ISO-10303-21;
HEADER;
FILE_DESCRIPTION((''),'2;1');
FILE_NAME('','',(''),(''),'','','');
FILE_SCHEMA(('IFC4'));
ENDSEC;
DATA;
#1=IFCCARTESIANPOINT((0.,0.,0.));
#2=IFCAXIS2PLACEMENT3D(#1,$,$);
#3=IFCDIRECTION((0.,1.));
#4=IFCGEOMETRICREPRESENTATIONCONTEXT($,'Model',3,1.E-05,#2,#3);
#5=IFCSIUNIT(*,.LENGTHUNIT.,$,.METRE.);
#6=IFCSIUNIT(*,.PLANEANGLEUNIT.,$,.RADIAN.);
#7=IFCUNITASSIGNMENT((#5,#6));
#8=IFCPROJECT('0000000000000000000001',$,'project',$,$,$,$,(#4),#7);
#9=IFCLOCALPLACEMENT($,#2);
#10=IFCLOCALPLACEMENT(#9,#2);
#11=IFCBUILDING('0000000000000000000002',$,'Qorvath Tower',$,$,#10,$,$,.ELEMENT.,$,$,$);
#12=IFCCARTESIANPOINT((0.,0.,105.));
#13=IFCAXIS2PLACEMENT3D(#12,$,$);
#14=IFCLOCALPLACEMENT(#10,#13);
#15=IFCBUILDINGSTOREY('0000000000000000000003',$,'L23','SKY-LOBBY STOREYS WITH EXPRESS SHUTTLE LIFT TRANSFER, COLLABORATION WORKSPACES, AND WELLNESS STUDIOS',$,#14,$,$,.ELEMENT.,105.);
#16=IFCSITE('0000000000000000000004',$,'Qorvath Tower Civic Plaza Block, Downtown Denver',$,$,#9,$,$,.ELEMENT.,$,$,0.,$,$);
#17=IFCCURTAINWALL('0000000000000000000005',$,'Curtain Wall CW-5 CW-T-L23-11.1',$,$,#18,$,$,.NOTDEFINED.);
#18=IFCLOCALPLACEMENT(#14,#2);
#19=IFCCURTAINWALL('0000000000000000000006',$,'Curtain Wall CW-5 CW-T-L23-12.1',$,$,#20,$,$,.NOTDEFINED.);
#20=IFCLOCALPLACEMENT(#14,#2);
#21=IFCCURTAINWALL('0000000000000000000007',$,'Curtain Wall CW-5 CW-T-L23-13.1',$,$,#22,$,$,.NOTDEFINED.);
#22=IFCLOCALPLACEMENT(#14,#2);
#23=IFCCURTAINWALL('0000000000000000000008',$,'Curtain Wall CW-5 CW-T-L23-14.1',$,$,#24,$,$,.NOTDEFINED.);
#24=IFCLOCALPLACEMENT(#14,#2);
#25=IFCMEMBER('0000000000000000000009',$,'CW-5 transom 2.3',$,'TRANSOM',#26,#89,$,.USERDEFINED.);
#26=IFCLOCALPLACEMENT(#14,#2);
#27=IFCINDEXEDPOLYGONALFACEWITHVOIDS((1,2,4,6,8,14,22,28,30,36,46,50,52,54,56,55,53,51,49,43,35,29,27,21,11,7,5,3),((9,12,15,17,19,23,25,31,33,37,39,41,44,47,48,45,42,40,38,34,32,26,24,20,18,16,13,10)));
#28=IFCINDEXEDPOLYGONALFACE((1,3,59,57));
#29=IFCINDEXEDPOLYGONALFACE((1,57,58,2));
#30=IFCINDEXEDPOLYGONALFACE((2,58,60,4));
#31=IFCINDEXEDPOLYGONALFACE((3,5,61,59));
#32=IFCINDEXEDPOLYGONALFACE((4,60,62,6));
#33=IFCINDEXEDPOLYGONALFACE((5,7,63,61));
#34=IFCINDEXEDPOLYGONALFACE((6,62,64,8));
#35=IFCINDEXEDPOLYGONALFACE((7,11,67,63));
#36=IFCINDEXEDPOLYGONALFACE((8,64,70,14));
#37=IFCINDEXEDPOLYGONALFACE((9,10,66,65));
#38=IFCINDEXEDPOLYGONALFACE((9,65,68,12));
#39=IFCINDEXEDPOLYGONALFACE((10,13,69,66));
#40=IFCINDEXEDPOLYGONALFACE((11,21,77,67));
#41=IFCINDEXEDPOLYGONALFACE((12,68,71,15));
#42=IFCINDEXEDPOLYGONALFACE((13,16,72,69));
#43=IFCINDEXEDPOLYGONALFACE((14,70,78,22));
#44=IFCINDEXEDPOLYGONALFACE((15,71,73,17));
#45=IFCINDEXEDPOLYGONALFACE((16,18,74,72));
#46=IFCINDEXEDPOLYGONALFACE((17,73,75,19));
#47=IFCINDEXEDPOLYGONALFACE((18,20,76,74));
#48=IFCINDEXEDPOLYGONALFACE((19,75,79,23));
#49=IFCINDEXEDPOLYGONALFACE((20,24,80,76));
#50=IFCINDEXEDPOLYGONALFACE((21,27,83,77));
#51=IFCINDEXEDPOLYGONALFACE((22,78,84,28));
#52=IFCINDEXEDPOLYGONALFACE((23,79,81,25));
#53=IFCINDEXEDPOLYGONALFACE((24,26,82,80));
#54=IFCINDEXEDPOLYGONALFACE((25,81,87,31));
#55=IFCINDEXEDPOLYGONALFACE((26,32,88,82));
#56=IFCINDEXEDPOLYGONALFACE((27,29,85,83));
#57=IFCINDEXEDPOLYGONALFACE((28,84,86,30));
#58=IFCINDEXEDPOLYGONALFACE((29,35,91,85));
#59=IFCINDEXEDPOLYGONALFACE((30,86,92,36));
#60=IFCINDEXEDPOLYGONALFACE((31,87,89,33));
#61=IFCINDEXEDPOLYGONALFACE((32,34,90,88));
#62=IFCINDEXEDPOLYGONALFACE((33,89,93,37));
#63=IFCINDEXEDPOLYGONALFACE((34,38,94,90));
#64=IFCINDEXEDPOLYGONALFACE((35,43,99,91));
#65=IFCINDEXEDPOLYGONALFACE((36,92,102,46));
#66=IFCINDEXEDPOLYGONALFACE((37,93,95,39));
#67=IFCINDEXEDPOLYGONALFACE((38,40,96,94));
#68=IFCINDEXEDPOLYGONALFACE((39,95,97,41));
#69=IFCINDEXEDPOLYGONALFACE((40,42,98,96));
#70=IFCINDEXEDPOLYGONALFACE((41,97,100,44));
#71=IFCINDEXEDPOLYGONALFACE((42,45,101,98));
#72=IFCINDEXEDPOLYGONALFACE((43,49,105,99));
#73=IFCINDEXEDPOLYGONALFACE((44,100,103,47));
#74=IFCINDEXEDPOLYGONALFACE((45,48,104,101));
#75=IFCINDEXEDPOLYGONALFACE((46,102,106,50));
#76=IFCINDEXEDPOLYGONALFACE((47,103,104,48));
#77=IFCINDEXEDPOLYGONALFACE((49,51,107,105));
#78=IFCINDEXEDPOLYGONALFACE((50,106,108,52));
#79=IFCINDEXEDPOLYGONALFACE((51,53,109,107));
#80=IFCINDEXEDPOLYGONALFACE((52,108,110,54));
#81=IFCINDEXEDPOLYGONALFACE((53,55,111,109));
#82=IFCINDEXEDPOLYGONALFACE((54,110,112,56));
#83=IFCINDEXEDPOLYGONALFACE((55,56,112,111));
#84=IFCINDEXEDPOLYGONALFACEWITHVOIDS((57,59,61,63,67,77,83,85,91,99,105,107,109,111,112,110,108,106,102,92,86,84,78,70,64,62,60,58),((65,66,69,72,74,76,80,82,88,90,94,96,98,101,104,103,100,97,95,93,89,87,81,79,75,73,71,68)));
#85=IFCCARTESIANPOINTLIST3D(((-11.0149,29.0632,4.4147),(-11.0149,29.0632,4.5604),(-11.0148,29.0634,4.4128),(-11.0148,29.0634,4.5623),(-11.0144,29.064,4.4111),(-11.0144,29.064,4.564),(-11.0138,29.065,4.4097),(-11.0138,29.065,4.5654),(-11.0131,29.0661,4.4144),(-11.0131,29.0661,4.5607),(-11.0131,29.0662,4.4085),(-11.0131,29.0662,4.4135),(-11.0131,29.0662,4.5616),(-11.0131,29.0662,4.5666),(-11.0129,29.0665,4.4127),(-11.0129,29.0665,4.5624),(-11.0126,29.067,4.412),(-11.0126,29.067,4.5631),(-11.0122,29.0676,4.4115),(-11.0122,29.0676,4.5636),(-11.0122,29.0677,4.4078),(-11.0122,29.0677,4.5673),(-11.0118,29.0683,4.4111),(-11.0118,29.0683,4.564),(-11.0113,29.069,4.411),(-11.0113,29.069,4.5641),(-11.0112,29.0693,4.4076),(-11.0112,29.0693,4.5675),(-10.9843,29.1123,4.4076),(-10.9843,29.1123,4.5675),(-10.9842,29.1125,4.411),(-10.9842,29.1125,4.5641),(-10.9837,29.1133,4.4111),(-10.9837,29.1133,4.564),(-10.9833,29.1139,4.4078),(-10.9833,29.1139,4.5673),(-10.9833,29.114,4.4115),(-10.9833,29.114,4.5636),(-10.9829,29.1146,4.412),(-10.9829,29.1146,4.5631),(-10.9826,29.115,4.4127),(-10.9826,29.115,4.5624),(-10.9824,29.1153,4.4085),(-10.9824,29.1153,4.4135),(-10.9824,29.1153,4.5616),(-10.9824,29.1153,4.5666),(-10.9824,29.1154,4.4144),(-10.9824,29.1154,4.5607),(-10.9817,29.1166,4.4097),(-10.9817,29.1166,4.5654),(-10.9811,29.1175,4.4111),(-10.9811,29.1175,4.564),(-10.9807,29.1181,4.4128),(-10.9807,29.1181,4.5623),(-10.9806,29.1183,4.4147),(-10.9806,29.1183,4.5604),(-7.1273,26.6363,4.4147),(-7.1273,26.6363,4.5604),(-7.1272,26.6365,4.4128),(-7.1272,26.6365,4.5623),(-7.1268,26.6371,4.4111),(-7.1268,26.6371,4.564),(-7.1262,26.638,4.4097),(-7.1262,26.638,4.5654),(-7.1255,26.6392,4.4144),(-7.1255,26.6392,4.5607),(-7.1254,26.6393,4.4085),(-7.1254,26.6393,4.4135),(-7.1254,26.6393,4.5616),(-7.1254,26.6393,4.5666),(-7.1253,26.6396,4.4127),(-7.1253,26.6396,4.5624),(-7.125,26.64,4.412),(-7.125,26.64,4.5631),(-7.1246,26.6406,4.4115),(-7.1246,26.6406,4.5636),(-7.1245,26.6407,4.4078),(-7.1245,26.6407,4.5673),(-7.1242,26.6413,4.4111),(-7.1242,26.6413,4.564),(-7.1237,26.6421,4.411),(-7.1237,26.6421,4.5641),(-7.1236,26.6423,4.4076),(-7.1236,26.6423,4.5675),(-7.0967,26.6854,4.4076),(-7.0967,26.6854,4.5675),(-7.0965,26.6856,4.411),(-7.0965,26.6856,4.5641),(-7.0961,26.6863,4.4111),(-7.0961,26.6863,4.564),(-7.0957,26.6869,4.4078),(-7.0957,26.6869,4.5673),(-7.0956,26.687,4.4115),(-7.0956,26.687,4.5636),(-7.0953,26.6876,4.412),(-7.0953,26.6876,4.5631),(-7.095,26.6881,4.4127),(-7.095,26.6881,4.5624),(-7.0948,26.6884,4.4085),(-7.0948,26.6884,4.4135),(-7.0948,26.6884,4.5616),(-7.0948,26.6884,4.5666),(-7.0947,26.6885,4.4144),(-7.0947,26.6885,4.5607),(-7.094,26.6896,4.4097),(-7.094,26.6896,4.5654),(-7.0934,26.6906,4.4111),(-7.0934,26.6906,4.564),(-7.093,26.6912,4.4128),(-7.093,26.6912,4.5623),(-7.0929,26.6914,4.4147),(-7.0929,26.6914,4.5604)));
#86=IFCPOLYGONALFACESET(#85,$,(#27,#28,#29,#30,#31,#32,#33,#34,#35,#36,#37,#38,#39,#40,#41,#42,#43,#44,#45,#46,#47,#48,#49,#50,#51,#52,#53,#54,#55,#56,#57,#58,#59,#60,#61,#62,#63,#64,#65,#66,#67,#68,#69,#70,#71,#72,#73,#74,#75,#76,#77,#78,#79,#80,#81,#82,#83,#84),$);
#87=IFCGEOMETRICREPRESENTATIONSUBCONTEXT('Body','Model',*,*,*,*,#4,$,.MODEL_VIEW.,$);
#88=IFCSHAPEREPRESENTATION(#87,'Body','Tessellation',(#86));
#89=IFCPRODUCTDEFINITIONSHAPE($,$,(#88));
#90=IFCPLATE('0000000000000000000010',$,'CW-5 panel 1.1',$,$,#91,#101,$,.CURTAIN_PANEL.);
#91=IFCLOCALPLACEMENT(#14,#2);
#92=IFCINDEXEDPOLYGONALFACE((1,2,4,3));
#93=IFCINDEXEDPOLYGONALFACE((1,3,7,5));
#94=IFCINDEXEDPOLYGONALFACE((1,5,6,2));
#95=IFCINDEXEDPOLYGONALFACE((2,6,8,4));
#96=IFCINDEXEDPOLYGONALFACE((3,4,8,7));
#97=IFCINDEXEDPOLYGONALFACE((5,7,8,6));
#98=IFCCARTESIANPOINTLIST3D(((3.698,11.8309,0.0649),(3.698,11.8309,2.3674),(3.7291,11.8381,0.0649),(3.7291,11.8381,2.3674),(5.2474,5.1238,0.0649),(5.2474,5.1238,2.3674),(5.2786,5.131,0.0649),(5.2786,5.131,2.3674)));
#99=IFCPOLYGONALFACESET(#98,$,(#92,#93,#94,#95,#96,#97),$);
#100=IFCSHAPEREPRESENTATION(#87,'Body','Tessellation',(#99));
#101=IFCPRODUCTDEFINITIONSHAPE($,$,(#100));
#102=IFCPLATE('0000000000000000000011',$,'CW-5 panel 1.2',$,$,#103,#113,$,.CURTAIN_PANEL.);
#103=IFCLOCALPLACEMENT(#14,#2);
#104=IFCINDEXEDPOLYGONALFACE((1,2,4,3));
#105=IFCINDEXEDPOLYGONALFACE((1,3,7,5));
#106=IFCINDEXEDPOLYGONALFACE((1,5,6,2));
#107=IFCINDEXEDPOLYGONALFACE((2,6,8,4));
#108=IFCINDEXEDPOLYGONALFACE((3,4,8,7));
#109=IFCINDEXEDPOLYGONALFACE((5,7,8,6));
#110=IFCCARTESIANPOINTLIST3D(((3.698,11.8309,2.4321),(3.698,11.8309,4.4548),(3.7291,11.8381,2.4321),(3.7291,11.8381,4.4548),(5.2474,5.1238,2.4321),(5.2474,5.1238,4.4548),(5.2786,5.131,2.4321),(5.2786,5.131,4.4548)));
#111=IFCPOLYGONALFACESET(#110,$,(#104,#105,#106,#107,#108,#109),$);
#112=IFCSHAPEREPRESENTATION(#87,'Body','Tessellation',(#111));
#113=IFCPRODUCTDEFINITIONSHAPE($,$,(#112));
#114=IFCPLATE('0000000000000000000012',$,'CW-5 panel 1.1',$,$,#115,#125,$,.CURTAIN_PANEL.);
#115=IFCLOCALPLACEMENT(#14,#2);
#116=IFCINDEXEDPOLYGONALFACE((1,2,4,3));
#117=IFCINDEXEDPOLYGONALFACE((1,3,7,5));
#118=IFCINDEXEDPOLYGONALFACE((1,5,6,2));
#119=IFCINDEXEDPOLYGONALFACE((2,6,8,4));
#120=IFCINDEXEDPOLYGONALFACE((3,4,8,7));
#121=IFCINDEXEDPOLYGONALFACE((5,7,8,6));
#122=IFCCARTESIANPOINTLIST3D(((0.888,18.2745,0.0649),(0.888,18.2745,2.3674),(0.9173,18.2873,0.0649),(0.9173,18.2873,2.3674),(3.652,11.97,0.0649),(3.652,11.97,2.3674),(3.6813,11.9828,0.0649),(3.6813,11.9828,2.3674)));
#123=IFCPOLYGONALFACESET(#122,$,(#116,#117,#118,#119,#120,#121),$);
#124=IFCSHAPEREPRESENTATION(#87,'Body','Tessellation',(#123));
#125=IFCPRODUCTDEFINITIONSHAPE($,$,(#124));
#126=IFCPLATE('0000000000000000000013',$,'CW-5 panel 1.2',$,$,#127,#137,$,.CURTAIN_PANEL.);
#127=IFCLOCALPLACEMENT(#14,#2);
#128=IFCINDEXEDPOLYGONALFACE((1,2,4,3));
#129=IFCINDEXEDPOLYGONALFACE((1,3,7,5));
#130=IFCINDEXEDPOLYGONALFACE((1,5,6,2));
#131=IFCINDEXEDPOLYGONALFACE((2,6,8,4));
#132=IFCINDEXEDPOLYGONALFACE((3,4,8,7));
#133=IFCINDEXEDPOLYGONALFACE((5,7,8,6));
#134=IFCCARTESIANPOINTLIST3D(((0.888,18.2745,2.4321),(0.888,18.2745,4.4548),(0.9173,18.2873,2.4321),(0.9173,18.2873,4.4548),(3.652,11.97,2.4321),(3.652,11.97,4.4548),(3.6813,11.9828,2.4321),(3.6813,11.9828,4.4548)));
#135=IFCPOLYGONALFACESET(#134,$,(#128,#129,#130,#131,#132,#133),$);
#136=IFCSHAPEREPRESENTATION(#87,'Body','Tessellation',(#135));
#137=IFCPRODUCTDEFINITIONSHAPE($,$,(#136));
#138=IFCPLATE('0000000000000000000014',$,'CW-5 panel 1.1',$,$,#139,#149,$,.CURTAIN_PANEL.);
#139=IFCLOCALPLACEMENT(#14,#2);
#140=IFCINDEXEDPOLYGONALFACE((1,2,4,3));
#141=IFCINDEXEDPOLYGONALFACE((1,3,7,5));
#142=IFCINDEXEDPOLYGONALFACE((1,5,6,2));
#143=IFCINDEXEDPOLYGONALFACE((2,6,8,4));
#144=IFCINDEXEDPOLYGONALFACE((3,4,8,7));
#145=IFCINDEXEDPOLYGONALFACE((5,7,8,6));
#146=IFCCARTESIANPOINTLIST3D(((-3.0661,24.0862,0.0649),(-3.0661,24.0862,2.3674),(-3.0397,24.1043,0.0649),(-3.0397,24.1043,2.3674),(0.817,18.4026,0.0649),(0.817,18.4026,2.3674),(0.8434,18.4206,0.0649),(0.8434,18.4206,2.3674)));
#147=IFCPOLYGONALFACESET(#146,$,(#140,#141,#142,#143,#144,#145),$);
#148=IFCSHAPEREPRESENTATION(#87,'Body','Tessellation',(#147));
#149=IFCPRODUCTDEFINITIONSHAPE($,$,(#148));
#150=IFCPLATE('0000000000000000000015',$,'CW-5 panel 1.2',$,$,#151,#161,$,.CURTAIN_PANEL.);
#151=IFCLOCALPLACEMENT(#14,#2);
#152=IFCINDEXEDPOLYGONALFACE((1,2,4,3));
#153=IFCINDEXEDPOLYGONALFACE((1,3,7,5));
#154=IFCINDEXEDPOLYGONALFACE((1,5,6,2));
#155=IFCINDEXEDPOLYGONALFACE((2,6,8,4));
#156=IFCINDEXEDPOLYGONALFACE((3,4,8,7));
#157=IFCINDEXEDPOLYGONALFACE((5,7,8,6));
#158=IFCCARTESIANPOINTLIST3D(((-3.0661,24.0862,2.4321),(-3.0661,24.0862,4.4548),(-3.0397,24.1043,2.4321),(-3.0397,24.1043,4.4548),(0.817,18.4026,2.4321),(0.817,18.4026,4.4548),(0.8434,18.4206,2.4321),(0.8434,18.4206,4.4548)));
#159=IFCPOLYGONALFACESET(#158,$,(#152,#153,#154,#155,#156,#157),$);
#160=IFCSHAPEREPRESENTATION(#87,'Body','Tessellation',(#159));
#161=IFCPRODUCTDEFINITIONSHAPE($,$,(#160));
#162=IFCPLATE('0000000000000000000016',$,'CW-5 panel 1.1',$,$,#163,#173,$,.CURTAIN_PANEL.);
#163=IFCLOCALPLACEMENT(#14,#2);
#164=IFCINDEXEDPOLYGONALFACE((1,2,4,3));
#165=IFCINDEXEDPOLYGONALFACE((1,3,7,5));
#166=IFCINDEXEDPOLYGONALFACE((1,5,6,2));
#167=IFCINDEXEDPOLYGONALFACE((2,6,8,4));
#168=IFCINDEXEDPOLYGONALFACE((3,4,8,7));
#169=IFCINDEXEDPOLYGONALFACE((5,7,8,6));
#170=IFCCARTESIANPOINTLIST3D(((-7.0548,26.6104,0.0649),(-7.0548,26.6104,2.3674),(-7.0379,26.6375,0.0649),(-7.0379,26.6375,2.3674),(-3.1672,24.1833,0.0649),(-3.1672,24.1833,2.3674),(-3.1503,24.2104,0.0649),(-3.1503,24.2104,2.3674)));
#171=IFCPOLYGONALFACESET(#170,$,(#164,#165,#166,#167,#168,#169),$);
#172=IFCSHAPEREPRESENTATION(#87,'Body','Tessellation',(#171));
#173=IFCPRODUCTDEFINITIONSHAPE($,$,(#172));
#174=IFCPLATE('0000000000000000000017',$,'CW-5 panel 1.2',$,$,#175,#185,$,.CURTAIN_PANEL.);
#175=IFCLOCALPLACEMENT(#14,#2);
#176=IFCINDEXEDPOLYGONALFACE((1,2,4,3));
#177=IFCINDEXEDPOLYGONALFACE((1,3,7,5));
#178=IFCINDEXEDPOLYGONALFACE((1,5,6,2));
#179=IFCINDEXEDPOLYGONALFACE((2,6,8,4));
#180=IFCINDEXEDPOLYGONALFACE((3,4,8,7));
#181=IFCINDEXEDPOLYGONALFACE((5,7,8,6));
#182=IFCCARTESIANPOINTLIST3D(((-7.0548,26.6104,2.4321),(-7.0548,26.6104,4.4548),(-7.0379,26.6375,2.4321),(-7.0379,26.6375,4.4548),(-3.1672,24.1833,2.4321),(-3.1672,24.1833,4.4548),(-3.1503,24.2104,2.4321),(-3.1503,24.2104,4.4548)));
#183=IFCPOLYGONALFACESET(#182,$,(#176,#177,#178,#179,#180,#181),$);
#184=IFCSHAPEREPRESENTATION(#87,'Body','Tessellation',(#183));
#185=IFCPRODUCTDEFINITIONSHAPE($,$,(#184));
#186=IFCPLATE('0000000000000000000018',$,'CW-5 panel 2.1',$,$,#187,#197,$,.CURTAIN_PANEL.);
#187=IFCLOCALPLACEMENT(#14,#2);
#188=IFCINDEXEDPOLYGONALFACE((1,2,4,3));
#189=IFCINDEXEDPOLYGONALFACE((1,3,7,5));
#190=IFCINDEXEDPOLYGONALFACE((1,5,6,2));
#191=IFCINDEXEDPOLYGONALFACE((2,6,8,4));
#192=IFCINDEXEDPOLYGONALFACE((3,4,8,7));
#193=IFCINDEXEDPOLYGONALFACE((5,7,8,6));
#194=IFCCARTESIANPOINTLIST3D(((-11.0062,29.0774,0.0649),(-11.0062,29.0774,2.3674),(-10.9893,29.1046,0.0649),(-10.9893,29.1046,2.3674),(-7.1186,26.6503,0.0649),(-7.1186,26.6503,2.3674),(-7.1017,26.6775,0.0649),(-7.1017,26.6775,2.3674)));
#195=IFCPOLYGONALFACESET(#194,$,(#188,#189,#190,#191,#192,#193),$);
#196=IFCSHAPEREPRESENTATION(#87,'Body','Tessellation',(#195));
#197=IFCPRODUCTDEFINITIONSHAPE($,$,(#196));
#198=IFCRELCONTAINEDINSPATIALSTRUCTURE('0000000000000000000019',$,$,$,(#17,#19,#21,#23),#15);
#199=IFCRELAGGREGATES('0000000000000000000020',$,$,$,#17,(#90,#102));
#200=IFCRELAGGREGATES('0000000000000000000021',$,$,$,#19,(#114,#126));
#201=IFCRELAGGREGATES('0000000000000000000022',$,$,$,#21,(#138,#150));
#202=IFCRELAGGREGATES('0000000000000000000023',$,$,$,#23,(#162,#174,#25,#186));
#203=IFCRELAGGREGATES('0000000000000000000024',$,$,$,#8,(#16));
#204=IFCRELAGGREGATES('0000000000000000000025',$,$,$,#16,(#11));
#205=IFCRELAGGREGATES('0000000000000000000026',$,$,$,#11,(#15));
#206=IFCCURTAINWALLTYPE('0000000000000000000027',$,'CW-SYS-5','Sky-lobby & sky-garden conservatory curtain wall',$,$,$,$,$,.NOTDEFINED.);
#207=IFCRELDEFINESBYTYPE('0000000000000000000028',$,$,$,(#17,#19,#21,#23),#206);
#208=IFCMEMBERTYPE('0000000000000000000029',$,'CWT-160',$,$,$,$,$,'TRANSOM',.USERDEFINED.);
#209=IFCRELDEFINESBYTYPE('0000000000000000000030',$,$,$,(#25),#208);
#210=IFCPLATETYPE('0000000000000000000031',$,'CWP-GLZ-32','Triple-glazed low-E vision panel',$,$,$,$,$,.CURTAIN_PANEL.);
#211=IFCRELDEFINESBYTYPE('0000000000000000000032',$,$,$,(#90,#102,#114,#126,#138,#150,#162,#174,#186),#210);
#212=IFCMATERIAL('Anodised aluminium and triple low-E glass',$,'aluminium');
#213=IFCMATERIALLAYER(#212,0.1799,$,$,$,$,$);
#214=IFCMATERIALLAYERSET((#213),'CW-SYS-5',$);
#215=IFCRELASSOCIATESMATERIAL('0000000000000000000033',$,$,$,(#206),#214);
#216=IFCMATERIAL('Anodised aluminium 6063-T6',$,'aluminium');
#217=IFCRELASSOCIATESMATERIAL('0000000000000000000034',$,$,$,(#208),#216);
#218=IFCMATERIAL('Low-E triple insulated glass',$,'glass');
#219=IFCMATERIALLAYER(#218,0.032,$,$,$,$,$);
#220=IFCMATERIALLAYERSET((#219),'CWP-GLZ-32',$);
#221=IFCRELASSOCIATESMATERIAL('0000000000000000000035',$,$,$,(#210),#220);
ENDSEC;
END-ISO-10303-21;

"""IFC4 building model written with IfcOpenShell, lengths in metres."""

from ifc_helpers import new_model, si_unit, direction, frame, origin, origin_2d, place, context, subcontext, project, spatial, rectangle, hollow_rectangle, extrude, material, layer, layer_set, material_profile, profile_set, type_object, element, aggregate, save


model = new_model("IFC4")

# Units and contexts
model_context = context("Model", 3, precision=1e-05, world=origin(), true_north=direction((0.0, 1.0)))
body_context = subcontext(model_context, "Body", "Model", "MODEL_VIEW")
ifc_project = project(units=[si_unit("LENGTHUNIT", "METRE"), si_unit("PLANEANGLEUNIT", "RADIAN")], contexts=[model_context])

# Site, building, storey
site_placement = place(None, origin())
site = spatial("IfcSite", under=ifc_project, at=site_placement, Name="Qorvath Tower Civic Plaza Block, Downtown Denver", CompositionType="ELEMENT", RefElevation=0.0)
building_placement = place(site_placement, origin())
building = spatial("IfcBuilding", under=site, at=building_placement, Name="Qorvath Tower", CompositionType="ELEMENT")
storey_placement = place(building_placement, frame((0.0, 0.0, 105.0)))
storey = spatial("IfcBuildingStorey", under=building, at=storey_placement, Name="L23", Description="SKY-LOBBY STOREYS WITH EXPRESS SHUTTLE LIFT TRANSFER, COLLABORATION WORKSPACES, AND WELLNESS STUDIOS", CompositionType="ELEMENT", Elevation=105.0)

# Curtain wall
ifc_material_1 = material(Name="Anodised aluminium and triple low-E glass", Category="aluminium")
ifc_layer_1 = layer(ifc_material_1, 0.1799)
ifc_layer_set_1 = layer_set([ifc_layer_1], Name="CW-SYS-5")
curtain_wall_type = type_object("IfcCurtainWallType", Name="CW-SYS-5", Description="Sky-lobby & sky-garden conservatory curtain wall", PredefinedType="NOTDEFINED", material=ifc_layer_set_1)
curtain_wall_1_placement = place(storey_placement, origin())
curtain_wall_1 = element("IfcCurtainWall", 1, at=curtain_wall_1_placement, inside=storey, type_object=curtain_wall_type, Name="Curtain Wall CW-5 CW-T-L23-11.1", PredefinedType="NOTDEFINED")

# Curtain walls
curtain_wall_2_placement = place(storey_placement, origin())
curtain_wall_2 = element("IfcCurtainWall", 2, at=curtain_wall_2_placement, inside=storey, type_object=curtain_wall_type, Name="Curtain Wall CW-5 CW-T-L23-12.1", PredefinedType="NOTDEFINED")
curtain_wall_3_placement = place(storey_placement, origin())
curtain_wall_3 = element("IfcCurtainWall", 3, at=curtain_wall_3_placement, inside=storey, type_object=curtain_wall_type, Name="Curtain Wall CW-5 CW-T-L23-13.1", PredefinedType="NOTDEFINED")
curtain_wall_4_placement = place(storey_placement, origin())
curtain_wall_4 = element("IfcCurtainWall", 4, at=curtain_wall_4_placement, inside=storey, type_object=curtain_wall_type, Name="Curtain Wall CW-5 CW-T-L23-14.1", PredefinedType="NOTDEFINED")

# Member
ifc_material_2 = material(Name="Anodised aluminium 6063-T6", Category="aluminium")
ifc_material_profile_1 = material_profile(ifc_material_2, hollow_rectangle(XDim=0.0649, YDim=0.1599, WallThickness=0.0034, InnerFilletRadius=0.0034, OuterFilletRadius=0.0071, at=origin_2d()), Name="CWT 160x65")
ifc_profile_set_1 = profile_set([ifc_material_profile_1], Name="Anodised aluminium 6063-T6")
member_type_1 = type_object("IfcMemberType", Name="CWT-160", ElementType="TRANSOM", PredefinedType="USERDEFINED", material=ifc_profile_set_1)
member_1_placement = place(storey_placement, frame((-7.1101, 26.6638, 4.4875), z_axis=(-0.848274, 0.529558, 0.0), x_axis=(-0.529558, -0.848274, 0.0)))
member_1 = element("IfcMember", 5, at=member_1_placement, type_object=member_type_1, Name="CW-5 transom 2.3", ObjectType="TRANSOM", PredefinedType="USERDEFINED", context=body_context, shape_type="SweptSolid", body=[
    extrude(hollow_rectangle(XDim=0.0649, YDim=0.1599, WallThickness=0.0034, InnerFilletRadius=0.0034, OuterFilletRadius=0.0071, at=origin_2d()), origin(), (0.0, 0.0, 1.0), 4.583),
])

# Plates
ifc_material_3 = material(Name="Low-E triple insulated glass", Category="glass")
ifc_layer_2 = layer(ifc_material_3, 0.032)
ifc_layer_set_2 = layer_set([ifc_layer_2], Name="CWP-GLZ-32")
plate_type = type_object("IfcPlateType", Name="CWP-GLZ-32", Description="Triple-glazed low-E vision panel", PredefinedType="CURTAIN_PANEL", material=ifc_layer_set_2)
plate_1_placement = place(storey_placement, frame((4.4883, 8.481, 0.0649), z_axis=(0.0, 0.0, 1.0), x_axis=(-0.225085, 0.974339, 0.0)))
plate_1 = element("IfcPlate", 6, at=plate_1_placement, type_object=plate_type, Name="CW-5 panel 1.1", PredefinedType="CURTAIN_PANEL", context=body_context, shape_type="SweptSolid", body=[
    extrude(rectangle(XDim=6.8838, YDim=0.032, at=origin_2d()), origin(), (0.0, 0.0, 1.0), 2.3025),
])
plate_2_placement = place(storey_placement, frame((4.4883, 8.481, 2.4321), z_axis=(0.0, 0.0, 1.0), x_axis=(-0.225085, 0.974339, 0.0)))
plate_2 = element("IfcPlate", 7, at=plate_2_placement, type_object=plate_type, Name="CW-5 panel 1.2", PredefinedType="CURTAIN_PANEL", context=body_context, shape_type="SweptSolid", body=[
    extrude(rectangle(XDim=6.8838, YDim=0.032, at=origin_2d()), origin(), (0.0, 0.0, 1.0), 2.0227),
])
aggregate(curtain_wall_1, [plate_1, plate_2])
plate_3_placement = place(storey_placement, frame((2.2847, 15.1287, 0.0649), z_axis=(0.0, 0.0, 1.0), x_axis=(-0.401519, 0.915851, 0.0)))
plate_3 = element("IfcPlate", 8, at=plate_3_placement, type_object=plate_type, Name="CW-5 panel 1.1", PredefinedType="CURTAIN_PANEL", context=body_context, shape_type="SweptSolid", body=[
    extrude(rectangle(XDim=6.8838, YDim=0.032, at=origin_2d()), origin(), (0.0, 0.0, 1.0), 2.3025),
])
plate_4_placement = place(storey_placement, frame((2.2847, 15.1287, 2.4321), z_axis=(0.0, 0.0, 1.0), x_axis=(-0.401519, 0.915851, 0.0)))
plate_4 = element("IfcPlate", 9, at=plate_4_placement, type_object=plate_type, Name="CW-5 panel 1.2", PredefinedType="CURTAIN_PANEL", context=body_context, shape_type="SweptSolid", body=[
    extrude(rectangle(XDim=6.8838, YDim=0.032, at=origin_2d()), origin(), (0.0, 0.0, 1.0), 2.0227),
])
aggregate(curtain_wall_2, [plate_3, plate_4])
plate_5_placement = place(storey_placement, frame((-1.1113, 21.2534, 0.0649), z_axis=(0.0, 0.0, 1.0), x_axis=(-0.56412, 0.825693, 0.0)))
plate_5 = element("IfcPlate", 10, at=plate_5_placement, type_object=plate_type, Name="CW-5 panel 1.1", PredefinedType="CURTAIN_PANEL", context=body_context, shape_type="SweptSolid", body=[
    extrude(rectangle(XDim=6.8835, YDim=0.032, at=origin_2d()), origin(), (0.0, 0.0, 1.0), 2.3025),
])
plate_6_placement = place(storey_placement, frame((-1.1113, 21.2534, 2.4321), z_axis=(0.0, 0.0, 1.0), x_axis=(-0.56412, 0.825693, 0.0)))
plate_6 = element("IfcPlate", 11, at=plate_6_placement, type_object=plate_type, Name="CW-5 panel 1.2", PredefinedType="CURTAIN_PANEL", context=body_context, shape_type="SweptSolid", body=[
    extrude(rectangle(XDim=6.8835, YDim=0.032, at=origin_2d()), origin(), (0.0, 0.0, 1.0), 2.0227),
])
aggregate(curtain_wall_3, [plate_5, plate_6])
plate_7_placement = place(storey_placement, frame((-5.1025, 25.4104, 0.0649), z_axis=(0.0, 0.0, 1.0), x_axis=(-0.848257, 0.529584, 0.0)))
plate_7 = element("IfcPlate", 12, at=plate_7_placement, type_object=plate_type, Name="CW-5 panel 1.1", PredefinedType="CURTAIN_PANEL", context=body_context, shape_type="SweptSolid", body=[
    extrude(rectangle(XDim=4.583, YDim=0.032, at=origin_2d()), origin(), (0.0, 0.0, 1.0), 2.3025),
])
plate_8_placement = place(storey_placement, frame((-5.1025, 25.4104, 2.4321), z_axis=(0.0, 0.0, 1.0), x_axis=(-0.848257, 0.529584, 0.0)))
plate_8 = element("IfcPlate", 13, at=plate_8_placement, type_object=plate_type, Name="CW-5 panel 1.2", PredefinedType="CURTAIN_PANEL", context=body_context, shape_type="SweptSolid", body=[
    extrude(rectangle(XDim=4.583, YDim=0.032, at=origin_2d()), origin(), (0.0, 0.0, 1.0), 2.0227),
])
plate_9_placement = place(storey_placement, frame((-9.054, 27.8774, 0.0649), z_axis=(0.0, 0.0, 1.0), x_axis=(-0.848257, 0.529584, 0.0)))
plate_9 = element("IfcPlate", 14, at=plate_9_placement, type_object=plate_type, Name="CW-5 panel 2.1", PredefinedType="CURTAIN_PANEL", context=body_context, shape_type="SweptSolid", body=[
    extrude(rectangle(XDim=4.583, YDim=0.032, at=origin_2d()), origin(), (0.0, 0.0, 1.0), 2.3025),
])
aggregate(curtain_wall_4, [plate_7, plate_8, member_1, plate_9])

save(model, "model.ifc")
